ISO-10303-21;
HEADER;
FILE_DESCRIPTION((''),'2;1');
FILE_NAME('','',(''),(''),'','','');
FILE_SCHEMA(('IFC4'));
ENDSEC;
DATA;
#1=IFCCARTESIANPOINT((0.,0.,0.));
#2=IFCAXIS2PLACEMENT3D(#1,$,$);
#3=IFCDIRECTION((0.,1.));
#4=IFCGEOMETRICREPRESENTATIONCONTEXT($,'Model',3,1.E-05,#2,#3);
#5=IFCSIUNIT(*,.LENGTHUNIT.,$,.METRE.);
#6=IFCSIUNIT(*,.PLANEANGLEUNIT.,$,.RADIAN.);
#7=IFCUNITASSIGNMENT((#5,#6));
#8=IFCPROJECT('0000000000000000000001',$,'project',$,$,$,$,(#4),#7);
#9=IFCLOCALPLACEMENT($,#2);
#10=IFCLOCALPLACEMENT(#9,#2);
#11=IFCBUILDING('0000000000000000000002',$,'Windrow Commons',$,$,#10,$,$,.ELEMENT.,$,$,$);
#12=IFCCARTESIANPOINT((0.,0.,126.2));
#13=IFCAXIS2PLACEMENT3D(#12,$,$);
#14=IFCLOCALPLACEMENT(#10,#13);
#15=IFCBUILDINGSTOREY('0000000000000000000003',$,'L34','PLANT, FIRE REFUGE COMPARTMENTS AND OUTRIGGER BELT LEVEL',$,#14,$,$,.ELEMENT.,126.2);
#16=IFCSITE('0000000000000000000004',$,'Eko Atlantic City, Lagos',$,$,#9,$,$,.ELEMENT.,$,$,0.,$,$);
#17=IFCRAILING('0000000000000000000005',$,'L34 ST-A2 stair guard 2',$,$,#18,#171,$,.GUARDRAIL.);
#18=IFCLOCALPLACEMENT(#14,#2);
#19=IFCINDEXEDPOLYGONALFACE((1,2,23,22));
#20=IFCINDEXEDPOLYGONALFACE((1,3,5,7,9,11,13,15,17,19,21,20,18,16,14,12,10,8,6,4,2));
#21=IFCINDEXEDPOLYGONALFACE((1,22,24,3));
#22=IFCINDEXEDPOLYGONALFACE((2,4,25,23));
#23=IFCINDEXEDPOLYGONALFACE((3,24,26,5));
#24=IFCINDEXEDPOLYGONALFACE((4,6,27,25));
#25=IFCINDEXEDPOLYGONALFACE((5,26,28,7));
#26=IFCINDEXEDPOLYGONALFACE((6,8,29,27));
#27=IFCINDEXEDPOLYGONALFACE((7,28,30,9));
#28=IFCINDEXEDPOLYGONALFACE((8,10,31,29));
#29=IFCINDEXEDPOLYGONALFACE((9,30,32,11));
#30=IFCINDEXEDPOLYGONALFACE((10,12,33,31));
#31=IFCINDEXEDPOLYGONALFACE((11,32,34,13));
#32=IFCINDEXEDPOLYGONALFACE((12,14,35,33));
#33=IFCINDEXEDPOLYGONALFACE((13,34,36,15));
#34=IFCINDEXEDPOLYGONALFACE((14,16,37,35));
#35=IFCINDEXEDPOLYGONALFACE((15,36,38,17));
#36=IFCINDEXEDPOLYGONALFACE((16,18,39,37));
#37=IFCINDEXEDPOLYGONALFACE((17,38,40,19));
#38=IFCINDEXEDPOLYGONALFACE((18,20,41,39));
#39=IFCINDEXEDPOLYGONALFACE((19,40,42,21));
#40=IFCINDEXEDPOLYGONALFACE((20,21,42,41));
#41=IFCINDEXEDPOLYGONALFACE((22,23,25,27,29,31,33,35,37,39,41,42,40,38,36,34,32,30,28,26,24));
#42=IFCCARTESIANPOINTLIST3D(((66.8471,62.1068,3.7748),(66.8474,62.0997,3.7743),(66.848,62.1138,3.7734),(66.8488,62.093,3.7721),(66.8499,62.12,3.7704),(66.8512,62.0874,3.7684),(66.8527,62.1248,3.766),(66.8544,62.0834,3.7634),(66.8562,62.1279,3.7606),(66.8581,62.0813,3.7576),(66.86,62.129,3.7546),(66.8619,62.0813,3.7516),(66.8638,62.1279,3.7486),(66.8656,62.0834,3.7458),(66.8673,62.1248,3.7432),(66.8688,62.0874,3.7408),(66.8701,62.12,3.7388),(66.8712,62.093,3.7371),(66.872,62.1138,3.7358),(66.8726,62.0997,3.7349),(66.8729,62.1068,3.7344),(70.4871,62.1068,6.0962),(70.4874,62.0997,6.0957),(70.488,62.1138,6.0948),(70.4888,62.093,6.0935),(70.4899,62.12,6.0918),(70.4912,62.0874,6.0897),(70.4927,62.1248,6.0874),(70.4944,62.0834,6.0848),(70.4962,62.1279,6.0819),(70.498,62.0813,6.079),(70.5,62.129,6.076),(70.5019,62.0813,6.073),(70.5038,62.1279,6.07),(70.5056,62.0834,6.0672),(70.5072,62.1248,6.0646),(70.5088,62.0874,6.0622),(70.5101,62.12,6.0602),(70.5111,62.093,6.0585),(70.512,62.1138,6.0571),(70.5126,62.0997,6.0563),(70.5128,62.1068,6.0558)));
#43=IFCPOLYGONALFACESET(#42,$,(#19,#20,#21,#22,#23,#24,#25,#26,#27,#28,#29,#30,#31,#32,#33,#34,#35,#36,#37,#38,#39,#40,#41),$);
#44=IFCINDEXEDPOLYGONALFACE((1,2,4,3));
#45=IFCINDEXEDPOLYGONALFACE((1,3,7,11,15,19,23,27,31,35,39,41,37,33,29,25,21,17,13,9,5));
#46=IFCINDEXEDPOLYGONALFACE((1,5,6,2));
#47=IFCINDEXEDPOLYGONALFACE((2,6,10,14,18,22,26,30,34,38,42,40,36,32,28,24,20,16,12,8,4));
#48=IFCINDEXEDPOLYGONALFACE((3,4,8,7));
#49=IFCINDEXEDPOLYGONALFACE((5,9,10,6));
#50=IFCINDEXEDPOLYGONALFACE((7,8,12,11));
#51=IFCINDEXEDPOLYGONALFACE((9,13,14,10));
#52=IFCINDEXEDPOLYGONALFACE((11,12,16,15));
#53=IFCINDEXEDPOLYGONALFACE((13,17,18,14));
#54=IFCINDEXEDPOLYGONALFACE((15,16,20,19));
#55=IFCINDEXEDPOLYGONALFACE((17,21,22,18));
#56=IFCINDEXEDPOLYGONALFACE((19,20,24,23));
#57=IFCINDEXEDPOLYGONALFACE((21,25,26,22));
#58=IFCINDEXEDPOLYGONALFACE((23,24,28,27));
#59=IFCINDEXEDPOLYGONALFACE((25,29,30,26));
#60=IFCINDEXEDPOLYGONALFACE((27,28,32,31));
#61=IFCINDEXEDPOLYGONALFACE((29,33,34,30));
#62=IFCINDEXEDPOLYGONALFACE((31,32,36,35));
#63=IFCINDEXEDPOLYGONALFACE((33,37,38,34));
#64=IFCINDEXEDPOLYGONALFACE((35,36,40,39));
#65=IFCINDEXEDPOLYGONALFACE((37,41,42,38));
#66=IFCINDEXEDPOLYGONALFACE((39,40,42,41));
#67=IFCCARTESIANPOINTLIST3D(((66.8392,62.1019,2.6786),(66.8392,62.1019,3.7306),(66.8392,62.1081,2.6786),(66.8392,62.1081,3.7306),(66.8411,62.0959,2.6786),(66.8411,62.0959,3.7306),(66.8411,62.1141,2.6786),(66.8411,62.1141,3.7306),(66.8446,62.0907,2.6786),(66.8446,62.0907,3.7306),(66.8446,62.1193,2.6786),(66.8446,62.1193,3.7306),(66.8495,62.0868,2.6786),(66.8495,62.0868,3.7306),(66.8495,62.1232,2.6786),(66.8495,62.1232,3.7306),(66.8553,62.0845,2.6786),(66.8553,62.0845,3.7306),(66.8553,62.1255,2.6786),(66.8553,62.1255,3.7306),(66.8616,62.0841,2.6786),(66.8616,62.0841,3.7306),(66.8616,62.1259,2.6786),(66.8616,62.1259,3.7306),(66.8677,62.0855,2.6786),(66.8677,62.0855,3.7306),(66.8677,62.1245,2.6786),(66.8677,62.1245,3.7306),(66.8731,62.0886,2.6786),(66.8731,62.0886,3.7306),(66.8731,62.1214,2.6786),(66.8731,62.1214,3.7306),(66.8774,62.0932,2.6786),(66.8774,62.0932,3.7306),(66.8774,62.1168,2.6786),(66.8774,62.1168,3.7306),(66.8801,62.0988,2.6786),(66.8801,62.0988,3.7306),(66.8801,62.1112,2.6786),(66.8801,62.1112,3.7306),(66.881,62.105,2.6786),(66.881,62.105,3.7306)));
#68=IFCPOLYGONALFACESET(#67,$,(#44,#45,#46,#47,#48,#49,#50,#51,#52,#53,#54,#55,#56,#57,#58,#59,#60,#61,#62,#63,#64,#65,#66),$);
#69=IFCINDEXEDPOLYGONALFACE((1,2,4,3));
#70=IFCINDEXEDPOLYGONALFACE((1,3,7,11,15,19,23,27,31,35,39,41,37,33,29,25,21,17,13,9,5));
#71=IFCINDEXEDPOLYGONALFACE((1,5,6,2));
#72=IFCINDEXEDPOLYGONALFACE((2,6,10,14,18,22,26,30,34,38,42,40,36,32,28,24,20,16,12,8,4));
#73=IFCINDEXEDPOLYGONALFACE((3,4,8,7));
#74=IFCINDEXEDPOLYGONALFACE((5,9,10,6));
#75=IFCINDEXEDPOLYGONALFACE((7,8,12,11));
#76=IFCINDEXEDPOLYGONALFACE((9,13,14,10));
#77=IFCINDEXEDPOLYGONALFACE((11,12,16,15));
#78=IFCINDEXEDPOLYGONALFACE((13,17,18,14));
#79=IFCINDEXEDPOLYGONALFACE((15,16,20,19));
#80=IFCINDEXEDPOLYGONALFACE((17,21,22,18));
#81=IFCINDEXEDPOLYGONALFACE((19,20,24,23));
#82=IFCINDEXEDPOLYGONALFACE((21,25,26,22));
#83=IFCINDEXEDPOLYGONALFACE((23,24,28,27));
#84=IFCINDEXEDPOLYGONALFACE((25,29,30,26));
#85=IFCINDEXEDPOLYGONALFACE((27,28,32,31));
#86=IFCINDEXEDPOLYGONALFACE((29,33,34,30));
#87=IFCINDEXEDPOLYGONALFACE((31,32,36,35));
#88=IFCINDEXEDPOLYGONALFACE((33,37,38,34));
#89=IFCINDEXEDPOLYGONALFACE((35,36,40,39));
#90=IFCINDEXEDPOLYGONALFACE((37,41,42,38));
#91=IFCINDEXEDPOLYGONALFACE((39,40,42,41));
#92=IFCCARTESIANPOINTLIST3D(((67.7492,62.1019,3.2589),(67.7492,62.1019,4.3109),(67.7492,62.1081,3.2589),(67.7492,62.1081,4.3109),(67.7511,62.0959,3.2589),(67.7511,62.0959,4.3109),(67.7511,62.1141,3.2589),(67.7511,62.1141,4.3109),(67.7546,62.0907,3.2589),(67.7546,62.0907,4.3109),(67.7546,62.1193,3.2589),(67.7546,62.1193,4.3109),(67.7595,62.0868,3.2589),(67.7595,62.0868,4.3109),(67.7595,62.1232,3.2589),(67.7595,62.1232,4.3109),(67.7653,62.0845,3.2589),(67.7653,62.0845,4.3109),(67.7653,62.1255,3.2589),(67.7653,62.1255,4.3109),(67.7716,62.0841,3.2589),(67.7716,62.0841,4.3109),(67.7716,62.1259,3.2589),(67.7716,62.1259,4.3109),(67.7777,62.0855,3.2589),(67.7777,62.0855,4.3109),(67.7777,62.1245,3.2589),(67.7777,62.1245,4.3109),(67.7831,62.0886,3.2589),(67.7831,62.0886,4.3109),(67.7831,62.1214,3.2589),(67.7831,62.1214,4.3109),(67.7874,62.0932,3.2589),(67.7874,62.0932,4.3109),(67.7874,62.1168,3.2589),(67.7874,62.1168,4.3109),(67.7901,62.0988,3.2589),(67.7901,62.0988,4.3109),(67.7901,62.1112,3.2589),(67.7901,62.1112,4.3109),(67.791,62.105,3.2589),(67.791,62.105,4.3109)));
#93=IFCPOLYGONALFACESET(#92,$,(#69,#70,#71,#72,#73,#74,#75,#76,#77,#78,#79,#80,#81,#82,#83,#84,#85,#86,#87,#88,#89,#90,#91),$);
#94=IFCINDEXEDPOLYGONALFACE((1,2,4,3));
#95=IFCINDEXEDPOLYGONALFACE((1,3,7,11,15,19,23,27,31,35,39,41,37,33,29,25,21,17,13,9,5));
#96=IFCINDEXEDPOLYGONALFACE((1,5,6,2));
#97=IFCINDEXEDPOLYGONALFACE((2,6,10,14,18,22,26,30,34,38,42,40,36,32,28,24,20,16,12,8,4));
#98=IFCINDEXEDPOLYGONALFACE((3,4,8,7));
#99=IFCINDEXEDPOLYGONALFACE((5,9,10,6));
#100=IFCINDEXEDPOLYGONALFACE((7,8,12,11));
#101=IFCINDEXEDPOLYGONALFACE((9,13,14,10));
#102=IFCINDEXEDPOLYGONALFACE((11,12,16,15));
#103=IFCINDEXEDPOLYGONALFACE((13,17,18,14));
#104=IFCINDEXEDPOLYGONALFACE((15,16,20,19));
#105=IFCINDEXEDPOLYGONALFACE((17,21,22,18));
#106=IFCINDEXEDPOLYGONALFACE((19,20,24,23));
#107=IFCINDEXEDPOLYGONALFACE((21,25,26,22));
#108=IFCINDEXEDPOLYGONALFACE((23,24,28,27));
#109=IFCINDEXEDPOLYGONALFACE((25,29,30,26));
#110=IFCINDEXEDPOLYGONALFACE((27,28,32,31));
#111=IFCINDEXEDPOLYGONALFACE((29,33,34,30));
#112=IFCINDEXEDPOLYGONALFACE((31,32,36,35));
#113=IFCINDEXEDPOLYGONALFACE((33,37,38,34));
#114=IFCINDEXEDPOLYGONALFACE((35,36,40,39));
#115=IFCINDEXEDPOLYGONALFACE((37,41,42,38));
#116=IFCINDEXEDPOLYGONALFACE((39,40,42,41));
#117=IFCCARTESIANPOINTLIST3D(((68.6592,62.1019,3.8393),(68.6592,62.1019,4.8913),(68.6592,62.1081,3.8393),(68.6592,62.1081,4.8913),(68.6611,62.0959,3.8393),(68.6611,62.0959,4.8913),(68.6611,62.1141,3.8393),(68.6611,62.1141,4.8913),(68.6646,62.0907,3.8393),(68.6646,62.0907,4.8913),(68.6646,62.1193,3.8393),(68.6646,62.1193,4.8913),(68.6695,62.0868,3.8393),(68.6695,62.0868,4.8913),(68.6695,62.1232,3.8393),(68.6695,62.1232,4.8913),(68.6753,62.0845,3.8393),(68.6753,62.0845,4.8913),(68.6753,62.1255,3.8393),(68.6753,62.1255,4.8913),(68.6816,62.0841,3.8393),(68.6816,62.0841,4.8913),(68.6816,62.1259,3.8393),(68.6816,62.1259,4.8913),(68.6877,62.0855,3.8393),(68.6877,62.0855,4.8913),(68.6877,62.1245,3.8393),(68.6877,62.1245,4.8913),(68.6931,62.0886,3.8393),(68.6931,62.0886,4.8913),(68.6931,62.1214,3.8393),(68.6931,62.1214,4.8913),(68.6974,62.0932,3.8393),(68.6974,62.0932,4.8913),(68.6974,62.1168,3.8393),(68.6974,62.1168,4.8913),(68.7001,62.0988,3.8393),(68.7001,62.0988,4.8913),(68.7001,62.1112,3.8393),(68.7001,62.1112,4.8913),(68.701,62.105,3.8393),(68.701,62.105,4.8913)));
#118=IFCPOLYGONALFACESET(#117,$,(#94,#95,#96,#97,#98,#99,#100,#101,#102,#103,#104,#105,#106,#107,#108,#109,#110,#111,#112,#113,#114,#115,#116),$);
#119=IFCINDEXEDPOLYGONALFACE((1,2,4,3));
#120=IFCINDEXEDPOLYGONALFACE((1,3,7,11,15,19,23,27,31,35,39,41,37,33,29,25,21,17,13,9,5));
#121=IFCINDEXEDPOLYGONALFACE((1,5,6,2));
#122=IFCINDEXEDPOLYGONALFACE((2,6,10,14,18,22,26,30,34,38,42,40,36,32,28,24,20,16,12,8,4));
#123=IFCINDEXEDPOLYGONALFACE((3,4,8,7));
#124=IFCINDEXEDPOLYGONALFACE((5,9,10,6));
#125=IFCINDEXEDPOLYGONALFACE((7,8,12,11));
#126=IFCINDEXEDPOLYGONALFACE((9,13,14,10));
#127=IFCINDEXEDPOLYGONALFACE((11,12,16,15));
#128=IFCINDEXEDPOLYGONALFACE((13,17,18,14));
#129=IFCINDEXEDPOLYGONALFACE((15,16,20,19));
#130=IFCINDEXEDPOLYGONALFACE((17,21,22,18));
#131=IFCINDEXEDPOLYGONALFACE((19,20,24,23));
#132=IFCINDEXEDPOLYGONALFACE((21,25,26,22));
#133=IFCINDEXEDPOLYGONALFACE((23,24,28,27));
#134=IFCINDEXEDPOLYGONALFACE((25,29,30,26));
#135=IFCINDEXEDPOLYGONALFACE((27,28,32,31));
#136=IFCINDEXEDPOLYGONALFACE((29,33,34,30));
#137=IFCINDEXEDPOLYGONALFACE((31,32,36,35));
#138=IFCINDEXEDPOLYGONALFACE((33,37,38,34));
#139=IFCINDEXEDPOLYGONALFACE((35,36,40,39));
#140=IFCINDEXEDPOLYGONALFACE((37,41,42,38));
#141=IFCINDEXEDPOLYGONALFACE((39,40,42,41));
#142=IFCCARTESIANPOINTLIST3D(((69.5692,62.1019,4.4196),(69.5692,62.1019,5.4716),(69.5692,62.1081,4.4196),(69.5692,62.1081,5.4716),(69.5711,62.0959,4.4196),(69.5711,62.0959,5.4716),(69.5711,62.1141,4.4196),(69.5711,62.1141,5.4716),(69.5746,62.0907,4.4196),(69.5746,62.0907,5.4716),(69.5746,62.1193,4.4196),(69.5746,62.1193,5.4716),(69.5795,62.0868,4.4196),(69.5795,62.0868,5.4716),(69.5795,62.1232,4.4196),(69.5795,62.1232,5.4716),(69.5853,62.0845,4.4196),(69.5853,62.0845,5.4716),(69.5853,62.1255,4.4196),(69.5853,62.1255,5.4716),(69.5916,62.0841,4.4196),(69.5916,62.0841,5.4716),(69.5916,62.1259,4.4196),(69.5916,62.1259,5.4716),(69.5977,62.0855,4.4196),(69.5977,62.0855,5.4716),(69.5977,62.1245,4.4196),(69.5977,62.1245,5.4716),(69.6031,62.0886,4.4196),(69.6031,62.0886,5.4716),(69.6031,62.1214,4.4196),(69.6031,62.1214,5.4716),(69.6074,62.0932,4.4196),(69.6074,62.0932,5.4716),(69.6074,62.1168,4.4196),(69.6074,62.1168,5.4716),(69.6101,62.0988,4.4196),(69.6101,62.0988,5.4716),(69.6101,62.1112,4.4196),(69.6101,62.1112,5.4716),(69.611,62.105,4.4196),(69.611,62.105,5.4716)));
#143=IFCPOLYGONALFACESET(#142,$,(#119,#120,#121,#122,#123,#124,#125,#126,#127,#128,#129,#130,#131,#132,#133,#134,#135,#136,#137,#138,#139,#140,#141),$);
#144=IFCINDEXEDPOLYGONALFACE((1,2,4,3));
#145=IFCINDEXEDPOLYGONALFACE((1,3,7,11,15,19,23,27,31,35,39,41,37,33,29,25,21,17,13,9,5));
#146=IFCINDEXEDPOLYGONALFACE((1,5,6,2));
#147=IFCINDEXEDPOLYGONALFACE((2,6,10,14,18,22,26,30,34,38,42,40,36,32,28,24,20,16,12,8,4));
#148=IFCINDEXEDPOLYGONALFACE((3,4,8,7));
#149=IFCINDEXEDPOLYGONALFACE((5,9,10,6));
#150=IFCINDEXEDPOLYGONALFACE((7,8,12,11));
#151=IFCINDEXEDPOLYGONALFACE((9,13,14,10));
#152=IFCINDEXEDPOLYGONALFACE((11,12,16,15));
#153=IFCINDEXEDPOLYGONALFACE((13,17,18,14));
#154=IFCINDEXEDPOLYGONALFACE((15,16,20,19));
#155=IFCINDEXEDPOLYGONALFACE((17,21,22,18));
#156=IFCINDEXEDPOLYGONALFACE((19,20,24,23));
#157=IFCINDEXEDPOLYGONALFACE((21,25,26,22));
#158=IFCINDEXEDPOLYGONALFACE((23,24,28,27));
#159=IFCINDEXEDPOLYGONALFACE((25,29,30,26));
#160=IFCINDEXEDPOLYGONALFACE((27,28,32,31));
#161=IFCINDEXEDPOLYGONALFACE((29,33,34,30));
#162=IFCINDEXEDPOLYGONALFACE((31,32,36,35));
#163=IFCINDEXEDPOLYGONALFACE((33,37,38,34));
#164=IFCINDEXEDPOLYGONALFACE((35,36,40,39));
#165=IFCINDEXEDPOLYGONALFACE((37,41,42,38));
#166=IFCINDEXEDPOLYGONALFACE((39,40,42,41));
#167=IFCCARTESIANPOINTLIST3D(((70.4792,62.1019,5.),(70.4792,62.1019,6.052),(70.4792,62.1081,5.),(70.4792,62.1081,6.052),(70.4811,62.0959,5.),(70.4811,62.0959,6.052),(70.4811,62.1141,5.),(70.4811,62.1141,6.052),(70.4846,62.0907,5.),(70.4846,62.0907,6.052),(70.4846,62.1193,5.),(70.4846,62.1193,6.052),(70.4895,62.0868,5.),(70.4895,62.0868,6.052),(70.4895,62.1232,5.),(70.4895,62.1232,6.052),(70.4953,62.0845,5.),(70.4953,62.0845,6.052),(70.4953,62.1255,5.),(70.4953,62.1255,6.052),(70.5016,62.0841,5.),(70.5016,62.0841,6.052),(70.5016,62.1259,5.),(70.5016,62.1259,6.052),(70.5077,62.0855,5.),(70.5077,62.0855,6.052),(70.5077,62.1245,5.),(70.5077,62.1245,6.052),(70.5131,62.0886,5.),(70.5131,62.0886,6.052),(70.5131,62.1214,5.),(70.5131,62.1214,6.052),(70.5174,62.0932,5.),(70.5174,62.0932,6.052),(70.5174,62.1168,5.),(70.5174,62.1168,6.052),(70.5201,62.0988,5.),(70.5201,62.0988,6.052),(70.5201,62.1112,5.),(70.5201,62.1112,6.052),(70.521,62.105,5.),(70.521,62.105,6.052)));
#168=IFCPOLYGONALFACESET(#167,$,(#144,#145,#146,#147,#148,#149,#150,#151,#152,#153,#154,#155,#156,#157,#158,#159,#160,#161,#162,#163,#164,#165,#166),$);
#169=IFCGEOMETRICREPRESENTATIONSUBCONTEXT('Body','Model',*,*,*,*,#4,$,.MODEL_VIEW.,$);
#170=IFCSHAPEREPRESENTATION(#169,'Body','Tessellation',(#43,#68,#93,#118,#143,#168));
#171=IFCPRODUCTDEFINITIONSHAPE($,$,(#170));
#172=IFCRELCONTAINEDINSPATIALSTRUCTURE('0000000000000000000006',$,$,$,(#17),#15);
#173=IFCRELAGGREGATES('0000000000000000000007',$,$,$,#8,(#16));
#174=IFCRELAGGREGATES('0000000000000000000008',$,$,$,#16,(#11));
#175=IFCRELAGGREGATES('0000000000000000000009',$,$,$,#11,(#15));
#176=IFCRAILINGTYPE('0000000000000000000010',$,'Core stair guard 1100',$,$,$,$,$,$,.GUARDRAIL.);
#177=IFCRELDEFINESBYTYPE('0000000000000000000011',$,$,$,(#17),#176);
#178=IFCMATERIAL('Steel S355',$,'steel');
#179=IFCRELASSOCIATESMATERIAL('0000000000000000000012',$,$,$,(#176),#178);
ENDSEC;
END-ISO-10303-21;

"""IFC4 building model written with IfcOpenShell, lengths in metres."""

from ifc_helpers import new_model, si_unit, direction, frame, origin, origin_2d, place, context, subcontext, project, spatial, circle, extrude, material, type_object, element, save


model = new_model("IFC4")

# Units and contexts
model_context = context("Model", 3, precision=1e-05, world=origin(), true_north=direction((0.0, 1.0)))
body_context = subcontext(model_context, "Body", "Model", "MODEL_VIEW")
ifc_project = project(units=[si_unit("LENGTHUNIT", "METRE"), si_unit("PLANEANGLEUNIT", "RADIAN")], contexts=[model_context])

# Site, building, storey
site_placement = place(None, origin())
site = spatial("IfcSite", under=ifc_project, at=site_placement, Name="Eko Atlantic City, Lagos", CompositionType="ELEMENT", RefElevation=0.0)
building_placement = place(site_placement, origin())
building = spatial("IfcBuilding", under=site, at=building_placement, Name="Windrow Commons", CompositionType="ELEMENT")
storey_placement = place(building_placement, frame((0.0, 0.0, 126.2)))
storey = spatial("IfcBuildingStorey", under=building, at=storey_placement, Name="L34", Description="PLANT, FIRE REFUGE COMPARTMENTS AND OUTRIGGER BELT LEVEL", CompositionType="ELEMENT", Elevation=126.2)

# Railing
ifc_material_1 = material(Name="Steel S355", Category="steel")
railing_type_1 = type_object("IfcRailingType", Name="Core stair guard 1100", PredefinedType="GUARDRAIL", material=ifc_material_1)
railing_1_placement = place(storey_placement, frame((66.86, 62.105, 2.6786)))
element("IfcRailing", 1, at=railing_1_placement, inside=storey, type_object=railing_type_1, Name="L34 ST-A2 stair guard 2", PredefinedType="GUARDRAIL", context=body_context, shape_type="SweptSolid", body=[
    extrude(circle(Radius=0.024, at=origin_2d()), frame((0.0, 0.0, 1.076), z_axis=(0.843133, 0.0, 0.537706), x_axis=(0.0, 1.0, 0.0)), (0.0, 0.0, 1.0), 4.3172),
    extrude(circle(Radius=0.021, at=origin_2d()), origin(), (0.0, 0.0, 1.0), 1.052),
    extrude(circle(Radius=0.021, at=origin_2d()), frame((0.91, 0.0, 0.5803)), (0.0, 0.0, 1.0), 1.052),
    extrude(circle(Radius=0.021, at=origin_2d()), frame((1.82, 0.0, 1.1607)), (0.0, 0.0, 1.0), 1.052),
    extrude(circle(Radius=0.021, at=origin_2d()), frame((2.73, 0.0, 1.741)), (0.0, 0.0, 1.0), 1.052),
    extrude(circle(Radius=0.021, at=origin_2d()), frame((3.64, 0.0, 2.3214)), (0.0, 0.0, 1.0), 1.052),
])

save(model, "model.ifc")
